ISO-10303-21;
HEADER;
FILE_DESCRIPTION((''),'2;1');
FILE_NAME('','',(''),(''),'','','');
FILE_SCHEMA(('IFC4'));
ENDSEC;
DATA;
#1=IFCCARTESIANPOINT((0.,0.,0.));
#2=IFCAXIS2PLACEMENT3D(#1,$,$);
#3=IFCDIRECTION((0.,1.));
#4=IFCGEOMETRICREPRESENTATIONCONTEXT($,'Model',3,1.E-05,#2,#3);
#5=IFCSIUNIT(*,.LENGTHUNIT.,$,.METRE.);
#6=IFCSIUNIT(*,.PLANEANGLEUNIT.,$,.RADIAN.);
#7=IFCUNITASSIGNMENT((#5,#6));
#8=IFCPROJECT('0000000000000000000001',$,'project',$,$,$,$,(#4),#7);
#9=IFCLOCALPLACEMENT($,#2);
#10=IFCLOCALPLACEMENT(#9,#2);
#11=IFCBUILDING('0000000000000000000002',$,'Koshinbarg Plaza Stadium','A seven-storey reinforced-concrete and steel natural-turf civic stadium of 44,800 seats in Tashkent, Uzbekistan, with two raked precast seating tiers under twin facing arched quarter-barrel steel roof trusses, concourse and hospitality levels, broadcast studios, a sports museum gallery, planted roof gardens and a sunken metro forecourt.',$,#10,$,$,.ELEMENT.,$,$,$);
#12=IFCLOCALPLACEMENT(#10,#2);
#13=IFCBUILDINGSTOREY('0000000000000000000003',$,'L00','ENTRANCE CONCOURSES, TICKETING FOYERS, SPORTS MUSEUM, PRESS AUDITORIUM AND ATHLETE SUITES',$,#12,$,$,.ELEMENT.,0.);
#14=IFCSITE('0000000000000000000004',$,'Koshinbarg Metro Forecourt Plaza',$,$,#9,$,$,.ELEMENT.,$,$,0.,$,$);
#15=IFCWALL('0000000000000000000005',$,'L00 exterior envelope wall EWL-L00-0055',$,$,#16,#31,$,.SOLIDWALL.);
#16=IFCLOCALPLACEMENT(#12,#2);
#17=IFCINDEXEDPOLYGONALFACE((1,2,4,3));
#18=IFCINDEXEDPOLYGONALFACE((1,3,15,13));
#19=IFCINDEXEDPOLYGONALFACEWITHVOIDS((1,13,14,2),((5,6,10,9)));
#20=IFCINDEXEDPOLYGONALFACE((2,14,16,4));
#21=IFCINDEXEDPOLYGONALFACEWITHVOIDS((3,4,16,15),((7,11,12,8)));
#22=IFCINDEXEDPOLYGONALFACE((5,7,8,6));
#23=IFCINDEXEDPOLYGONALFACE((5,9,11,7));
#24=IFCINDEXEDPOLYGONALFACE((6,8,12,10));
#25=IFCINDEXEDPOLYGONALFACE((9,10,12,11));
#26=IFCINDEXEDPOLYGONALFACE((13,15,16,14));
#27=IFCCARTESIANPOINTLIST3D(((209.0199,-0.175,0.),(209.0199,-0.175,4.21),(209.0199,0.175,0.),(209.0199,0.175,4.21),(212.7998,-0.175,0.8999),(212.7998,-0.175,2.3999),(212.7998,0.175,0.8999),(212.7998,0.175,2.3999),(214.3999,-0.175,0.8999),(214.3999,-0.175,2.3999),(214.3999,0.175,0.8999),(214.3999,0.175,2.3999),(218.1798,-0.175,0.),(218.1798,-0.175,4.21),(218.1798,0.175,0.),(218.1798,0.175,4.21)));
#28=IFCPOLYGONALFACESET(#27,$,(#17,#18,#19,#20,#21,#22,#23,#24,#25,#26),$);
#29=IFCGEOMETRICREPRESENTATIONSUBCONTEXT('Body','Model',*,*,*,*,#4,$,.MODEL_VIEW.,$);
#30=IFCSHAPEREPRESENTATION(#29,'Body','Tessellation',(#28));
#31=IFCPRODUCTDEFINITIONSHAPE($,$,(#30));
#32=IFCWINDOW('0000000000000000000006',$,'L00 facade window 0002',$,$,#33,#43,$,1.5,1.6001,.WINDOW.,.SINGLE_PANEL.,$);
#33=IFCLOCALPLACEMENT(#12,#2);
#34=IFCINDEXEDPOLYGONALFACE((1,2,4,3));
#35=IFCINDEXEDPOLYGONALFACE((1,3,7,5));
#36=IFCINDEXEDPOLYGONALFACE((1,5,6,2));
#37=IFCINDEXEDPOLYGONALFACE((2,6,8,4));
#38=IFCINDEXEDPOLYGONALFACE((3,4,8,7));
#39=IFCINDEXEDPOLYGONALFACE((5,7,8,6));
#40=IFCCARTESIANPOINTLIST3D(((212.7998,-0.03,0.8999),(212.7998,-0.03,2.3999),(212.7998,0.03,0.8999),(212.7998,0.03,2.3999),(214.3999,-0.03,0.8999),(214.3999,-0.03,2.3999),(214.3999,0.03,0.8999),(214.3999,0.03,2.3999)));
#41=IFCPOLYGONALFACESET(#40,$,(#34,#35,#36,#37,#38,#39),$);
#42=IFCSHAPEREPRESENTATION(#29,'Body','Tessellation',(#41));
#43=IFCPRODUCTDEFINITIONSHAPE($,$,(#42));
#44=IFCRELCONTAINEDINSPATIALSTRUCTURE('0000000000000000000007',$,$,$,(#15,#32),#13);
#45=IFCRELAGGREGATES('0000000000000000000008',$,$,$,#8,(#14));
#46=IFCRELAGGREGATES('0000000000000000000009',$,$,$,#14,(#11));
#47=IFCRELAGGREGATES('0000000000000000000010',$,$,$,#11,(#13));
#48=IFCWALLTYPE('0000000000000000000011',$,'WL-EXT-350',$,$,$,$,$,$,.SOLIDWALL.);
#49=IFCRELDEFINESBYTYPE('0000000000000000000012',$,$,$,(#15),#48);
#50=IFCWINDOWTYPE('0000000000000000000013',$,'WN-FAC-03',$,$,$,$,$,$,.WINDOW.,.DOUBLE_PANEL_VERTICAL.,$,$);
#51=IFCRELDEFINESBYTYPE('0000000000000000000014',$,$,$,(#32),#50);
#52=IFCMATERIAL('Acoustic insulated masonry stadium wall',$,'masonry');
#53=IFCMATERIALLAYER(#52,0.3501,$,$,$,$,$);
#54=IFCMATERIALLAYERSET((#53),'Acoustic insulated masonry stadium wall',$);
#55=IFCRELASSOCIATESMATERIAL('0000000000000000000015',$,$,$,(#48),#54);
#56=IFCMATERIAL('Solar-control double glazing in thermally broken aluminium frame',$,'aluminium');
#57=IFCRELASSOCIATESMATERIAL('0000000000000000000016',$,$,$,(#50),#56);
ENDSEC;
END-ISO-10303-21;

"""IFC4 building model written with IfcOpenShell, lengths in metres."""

from ifc_helpers import new_model, si_unit, direction, frame, frame_2d, origin, place, context, subcontext, project, spatial, rectangle, extrude, material, layer, layer_set, type_object, element, fill, save


model = new_model("IFC4")

# Units and contexts
model_context = context("Model", 3, precision=1e-05, world=origin(), true_north=direction((0.0, 1.0)))
body_context = subcontext(model_context, "Body", "Model", "MODEL_VIEW")
ifc_project = project(units=[si_unit("LENGTHUNIT", "METRE"), si_unit("PLANEANGLEUNIT", "RADIAN")], contexts=[model_context])

# Site, building, storey
site_placement = place(None, origin())
site = spatial("IfcSite", under=ifc_project, at=site_placement, Name="Koshinbarg Metro Forecourt Plaza", CompositionType="ELEMENT", RefElevation=0.0)
building_placement = place(site_placement, origin())
building = spatial("IfcBuilding", under=site, at=building_placement, Name="Koshinbarg Plaza Stadium", Description="A seven-storey reinforced-concrete and steel natural-turf civic stadium of 44,800 seats in Tashkent, Uzbekistan, with two raked precast seating tiers under twin facing arched quarter-barrel steel roof trusses, concourse and hospitality levels, broadcast studios, a sports museum gallery, planted roof gardens and a sunken metro forecourt.", CompositionType="ELEMENT")
storey_placement = place(building_placement, origin())
storey = spatial("IfcBuildingStorey", under=building, at=storey_placement, Name="L00", Description="ENTRANCE CONCOURSES, TICKETING FOYERS, SPORTS MUSEUM, PRESS AUDITORIUM AND ATHLETE SUITES", CompositionType="ELEMENT", Elevation=0.0)

# Wall, opening, window
ifc_material_1 = material(Name="Acoustic insulated masonry stadium wall", Category="masonry")
ifc_layer = layer(ifc_material_1, 0.3501)
ifc_layer_set = layer_set([ifc_layer], Name="Acoustic insulated masonry stadium wall")
wall_type = type_object("IfcWallType", Name="WL-EXT-350", PredefinedType="SOLIDWALL", material=ifc_layer_set)
wall_placement = place(storey_placement, frame((218.1799, 0.0, 0.0), z_axis=(0.0, 0.0, 1.0), x_axis=(-1.0, 0.0, 0.0)))
wall = element("IfcWall", 1, at=wall_placement, inside=storey, type_object=wall_type, Name="L00 exterior envelope wall EWL-L00-0055", PredefinedType="SOLIDWALL", context=body_context, shape_type="SweptSolid", body=[
    extrude(rectangle(XDim=9.1599, YDim=0.3501, at=frame_2d((4.5801, 0.0))), origin(), (0.0, 0.0, 1.0), 4.21),
])
opening_placement = place(wall_placement, frame((3.78, 0.0, 0.8999)))
opening = element("IfcOpeningElement", 2, at=opening_placement, cuts=wall, PredefinedType="OPENING", context=body_context, shape_type="SweptSolid", body=[
    extrude(rectangle(XDim=1.6001, YDim=1.5, at=frame_2d((0.8, 0.75))), frame((0.0, 0.1851, 0.0), z_axis=(0.0, -1.0, 0.0), x_axis=(1.0, 0.0, 0.0)), (0.0, 0.0, 1.0), 0.3701),
])
ifc_material_2 = material(Name="Solar-control double glazing in thermally broken aluminium frame", Category="aluminium")
window_type = type_object("IfcWindowType", Name="WN-FAC-03", PartitioningType="DOUBLE_PANEL_VERTICAL", PredefinedType="WINDOW", material=ifc_material_2)
window_placement = place(opening_placement, origin())
window = element("IfcWindow", 3, at=window_placement, inside=storey, type_object=window_type, Name="L00 facade window 0002", OverallHeight=1.5, OverallWidth=1.6001, PartitioningType="SINGLE_PANEL", PredefinedType="WINDOW", context=body_context, shape_type="SweptSolid", body=[
    extrude(rectangle(XDim=1.6001, YDim=1.5, at=frame_2d((0.8, 0.75))), frame((0.0, 0.03, 0.0), z_axis=(0.0, -1.0, 0.0), x_axis=(1.0, 0.0, 0.0)), (0.0, 0.0, 1.0), 0.0601),
])
fill(opening, window)

save(model, "model.ifc")
